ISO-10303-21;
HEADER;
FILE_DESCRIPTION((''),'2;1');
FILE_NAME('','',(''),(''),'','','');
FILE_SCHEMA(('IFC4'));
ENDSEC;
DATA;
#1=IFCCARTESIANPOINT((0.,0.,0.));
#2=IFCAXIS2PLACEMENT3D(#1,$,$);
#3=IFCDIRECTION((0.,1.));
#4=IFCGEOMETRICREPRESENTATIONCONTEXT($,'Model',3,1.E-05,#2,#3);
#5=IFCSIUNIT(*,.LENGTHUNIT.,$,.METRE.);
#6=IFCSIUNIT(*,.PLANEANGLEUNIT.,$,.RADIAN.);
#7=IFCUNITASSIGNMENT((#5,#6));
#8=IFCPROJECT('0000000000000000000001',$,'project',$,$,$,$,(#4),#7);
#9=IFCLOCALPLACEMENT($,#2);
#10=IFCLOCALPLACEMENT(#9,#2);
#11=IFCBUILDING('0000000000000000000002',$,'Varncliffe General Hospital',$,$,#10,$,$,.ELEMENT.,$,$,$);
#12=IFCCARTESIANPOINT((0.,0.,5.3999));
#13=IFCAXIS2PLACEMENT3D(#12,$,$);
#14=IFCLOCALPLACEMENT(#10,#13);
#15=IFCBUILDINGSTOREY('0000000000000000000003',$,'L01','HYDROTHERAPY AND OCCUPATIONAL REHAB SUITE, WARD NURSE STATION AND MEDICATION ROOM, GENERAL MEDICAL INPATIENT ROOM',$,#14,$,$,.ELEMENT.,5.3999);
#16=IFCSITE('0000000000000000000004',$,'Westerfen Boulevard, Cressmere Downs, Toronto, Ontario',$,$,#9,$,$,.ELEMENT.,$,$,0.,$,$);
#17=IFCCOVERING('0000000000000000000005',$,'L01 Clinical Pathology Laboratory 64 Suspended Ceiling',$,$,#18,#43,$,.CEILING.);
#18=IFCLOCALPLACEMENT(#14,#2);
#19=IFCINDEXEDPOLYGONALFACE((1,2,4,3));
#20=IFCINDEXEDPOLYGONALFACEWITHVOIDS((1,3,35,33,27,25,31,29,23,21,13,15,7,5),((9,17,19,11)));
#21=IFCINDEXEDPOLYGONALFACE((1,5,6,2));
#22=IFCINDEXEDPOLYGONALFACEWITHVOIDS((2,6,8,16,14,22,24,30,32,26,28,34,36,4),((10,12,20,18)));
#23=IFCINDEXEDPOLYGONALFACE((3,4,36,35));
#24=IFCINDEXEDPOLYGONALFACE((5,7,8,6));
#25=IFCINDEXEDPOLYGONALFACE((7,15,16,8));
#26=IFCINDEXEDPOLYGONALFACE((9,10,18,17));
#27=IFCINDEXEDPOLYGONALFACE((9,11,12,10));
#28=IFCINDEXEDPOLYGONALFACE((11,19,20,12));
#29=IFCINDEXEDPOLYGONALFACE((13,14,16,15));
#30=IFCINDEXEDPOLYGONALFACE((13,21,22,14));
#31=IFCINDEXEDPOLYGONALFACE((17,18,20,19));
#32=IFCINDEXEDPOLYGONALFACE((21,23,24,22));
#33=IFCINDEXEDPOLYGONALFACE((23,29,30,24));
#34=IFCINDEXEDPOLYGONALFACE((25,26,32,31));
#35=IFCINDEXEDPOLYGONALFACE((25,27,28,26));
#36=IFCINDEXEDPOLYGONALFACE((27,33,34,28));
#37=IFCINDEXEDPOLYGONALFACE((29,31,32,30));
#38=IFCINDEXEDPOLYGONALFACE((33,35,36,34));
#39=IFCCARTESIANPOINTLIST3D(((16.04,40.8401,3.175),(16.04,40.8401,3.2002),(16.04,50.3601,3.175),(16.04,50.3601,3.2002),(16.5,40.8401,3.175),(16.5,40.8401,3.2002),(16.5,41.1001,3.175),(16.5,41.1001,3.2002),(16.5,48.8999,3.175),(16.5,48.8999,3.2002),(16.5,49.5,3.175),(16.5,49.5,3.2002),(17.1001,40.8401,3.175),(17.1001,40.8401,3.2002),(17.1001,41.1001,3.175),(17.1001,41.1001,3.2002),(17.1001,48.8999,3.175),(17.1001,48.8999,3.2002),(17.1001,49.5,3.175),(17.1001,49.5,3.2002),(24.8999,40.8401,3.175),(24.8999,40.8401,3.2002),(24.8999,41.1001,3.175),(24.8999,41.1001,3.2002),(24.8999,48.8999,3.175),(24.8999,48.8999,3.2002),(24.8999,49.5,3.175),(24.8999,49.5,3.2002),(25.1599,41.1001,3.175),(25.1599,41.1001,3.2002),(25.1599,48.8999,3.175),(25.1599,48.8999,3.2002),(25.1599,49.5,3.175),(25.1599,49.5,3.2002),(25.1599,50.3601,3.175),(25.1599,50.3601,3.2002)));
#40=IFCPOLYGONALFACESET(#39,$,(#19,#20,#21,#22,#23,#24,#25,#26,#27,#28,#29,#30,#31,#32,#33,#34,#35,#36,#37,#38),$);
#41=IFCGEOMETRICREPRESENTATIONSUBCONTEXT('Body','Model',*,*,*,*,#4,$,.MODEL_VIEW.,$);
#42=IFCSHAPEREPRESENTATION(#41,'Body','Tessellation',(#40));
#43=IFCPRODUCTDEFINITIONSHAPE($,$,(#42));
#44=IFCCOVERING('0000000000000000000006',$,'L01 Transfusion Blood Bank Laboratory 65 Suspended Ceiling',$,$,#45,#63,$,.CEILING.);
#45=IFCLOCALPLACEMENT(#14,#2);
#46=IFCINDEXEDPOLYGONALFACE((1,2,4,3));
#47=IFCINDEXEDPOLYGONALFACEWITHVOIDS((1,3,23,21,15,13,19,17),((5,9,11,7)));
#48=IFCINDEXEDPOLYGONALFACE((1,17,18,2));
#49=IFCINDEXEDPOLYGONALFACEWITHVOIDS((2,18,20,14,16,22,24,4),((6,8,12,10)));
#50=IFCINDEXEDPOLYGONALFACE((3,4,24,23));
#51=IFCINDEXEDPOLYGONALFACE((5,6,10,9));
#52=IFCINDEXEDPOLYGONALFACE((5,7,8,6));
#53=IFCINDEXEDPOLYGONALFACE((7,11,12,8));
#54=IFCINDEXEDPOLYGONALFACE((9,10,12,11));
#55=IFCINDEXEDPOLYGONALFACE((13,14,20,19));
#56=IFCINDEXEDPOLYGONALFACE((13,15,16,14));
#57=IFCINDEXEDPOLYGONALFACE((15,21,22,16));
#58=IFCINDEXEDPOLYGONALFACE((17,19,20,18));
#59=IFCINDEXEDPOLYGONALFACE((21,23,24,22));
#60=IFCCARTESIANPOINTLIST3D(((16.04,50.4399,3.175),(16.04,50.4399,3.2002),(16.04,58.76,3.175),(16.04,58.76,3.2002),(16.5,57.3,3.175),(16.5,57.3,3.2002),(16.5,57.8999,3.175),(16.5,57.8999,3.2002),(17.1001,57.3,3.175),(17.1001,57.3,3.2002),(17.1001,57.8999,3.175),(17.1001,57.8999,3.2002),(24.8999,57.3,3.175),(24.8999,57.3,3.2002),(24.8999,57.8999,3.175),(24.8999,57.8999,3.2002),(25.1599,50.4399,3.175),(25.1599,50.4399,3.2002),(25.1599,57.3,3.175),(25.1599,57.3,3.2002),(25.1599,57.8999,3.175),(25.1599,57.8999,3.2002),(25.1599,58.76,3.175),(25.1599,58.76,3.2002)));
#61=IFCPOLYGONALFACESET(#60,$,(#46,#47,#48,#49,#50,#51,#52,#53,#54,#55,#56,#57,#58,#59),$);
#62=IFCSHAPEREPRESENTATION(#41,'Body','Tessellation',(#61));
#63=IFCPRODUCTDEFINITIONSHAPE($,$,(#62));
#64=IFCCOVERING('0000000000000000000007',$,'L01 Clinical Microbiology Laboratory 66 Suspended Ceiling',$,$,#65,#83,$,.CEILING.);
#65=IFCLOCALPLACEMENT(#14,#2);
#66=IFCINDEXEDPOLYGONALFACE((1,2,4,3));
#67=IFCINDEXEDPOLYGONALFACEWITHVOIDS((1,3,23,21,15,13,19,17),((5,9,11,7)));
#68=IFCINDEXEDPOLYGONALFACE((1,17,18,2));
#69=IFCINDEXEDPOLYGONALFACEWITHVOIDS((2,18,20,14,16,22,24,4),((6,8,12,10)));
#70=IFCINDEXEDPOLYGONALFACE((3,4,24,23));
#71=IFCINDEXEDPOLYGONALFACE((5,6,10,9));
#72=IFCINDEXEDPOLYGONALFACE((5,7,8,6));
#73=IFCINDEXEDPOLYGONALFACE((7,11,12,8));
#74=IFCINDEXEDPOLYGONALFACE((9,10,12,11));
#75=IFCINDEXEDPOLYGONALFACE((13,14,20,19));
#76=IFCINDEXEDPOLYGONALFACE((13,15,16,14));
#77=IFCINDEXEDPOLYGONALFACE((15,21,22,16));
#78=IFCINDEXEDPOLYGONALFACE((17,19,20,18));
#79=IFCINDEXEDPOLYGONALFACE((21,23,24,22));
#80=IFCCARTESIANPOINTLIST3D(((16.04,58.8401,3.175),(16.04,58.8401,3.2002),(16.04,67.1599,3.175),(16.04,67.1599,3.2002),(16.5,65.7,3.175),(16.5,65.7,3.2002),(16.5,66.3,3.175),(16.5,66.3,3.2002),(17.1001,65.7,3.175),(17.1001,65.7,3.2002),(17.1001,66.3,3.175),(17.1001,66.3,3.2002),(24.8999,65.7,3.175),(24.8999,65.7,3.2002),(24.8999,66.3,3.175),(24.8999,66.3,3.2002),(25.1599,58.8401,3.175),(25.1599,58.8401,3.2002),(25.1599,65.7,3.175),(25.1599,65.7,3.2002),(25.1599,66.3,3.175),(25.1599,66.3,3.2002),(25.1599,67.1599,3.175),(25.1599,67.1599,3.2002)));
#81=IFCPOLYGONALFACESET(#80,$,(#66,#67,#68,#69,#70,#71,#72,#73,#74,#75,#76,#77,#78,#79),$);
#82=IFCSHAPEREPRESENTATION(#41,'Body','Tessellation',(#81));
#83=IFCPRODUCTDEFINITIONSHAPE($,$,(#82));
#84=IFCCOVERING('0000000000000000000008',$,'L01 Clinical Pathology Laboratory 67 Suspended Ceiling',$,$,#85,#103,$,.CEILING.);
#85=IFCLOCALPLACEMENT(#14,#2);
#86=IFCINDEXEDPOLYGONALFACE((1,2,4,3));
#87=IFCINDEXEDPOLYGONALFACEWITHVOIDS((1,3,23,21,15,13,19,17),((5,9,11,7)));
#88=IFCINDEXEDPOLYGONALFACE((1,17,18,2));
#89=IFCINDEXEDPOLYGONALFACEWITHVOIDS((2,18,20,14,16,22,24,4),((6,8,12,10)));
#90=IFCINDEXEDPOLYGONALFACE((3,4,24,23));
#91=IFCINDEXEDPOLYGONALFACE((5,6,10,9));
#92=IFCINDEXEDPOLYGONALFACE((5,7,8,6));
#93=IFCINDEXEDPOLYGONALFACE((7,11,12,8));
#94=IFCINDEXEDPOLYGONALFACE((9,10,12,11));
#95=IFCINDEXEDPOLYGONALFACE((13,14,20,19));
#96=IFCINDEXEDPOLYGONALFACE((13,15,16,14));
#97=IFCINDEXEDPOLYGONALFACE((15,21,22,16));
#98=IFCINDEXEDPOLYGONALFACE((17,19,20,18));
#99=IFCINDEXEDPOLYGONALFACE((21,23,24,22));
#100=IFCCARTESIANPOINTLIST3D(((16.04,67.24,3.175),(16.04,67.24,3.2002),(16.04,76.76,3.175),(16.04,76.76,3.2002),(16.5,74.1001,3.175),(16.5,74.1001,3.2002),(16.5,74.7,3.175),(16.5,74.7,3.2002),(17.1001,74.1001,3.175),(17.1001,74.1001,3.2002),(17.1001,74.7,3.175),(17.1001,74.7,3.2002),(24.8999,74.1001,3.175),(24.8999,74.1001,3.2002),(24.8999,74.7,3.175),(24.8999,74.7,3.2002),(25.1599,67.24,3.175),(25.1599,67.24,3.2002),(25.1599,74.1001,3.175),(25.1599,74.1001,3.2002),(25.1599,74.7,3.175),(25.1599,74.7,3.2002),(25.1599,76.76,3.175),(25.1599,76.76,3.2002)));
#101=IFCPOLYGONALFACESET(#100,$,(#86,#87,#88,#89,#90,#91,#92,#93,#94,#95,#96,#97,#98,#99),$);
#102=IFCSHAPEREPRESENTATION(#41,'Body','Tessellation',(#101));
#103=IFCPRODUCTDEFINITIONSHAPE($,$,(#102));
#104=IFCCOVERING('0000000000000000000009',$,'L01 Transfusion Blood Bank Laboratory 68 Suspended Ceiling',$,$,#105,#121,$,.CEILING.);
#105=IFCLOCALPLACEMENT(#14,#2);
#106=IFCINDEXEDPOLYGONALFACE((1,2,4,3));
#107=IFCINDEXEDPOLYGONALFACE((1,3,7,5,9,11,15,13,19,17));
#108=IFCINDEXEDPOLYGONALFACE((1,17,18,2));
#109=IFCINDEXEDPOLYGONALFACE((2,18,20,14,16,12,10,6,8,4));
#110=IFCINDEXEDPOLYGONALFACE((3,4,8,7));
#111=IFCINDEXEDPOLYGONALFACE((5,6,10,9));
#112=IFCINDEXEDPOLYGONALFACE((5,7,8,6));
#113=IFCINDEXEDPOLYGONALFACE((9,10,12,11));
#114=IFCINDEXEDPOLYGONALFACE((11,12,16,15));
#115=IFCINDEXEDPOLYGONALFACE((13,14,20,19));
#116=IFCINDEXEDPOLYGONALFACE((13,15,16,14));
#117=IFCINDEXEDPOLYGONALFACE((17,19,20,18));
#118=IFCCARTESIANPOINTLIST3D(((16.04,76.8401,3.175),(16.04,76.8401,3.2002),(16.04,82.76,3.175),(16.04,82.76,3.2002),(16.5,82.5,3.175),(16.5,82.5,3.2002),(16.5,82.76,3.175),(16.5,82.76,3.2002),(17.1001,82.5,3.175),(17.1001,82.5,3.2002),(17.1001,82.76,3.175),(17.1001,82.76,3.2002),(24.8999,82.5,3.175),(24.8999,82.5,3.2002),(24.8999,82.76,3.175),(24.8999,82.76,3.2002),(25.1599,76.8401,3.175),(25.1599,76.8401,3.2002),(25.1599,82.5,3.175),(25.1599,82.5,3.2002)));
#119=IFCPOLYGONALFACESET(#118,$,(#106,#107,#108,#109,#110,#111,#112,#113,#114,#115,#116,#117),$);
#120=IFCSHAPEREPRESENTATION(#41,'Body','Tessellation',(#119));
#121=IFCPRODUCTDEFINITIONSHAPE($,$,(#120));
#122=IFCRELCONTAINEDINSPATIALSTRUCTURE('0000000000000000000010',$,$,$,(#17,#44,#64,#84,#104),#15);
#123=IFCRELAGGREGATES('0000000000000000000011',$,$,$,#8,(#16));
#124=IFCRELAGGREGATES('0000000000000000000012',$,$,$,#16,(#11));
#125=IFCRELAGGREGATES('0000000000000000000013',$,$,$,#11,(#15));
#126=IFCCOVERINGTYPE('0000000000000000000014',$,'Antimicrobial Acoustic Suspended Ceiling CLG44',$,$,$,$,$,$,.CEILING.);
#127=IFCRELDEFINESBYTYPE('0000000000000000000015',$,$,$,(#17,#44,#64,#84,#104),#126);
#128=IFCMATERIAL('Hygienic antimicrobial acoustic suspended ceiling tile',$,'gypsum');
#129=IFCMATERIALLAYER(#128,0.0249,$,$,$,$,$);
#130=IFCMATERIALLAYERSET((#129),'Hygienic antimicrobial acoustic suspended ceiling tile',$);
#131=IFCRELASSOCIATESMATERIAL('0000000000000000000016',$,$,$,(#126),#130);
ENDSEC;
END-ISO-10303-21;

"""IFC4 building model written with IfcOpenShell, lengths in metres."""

from ifc_helpers import new_model, si_unit, direction, frame, origin, place, context, subcontext, project, spatial, polyline, outline, extrude, material, layer, layer_set, type_object, element, save


model = new_model("IFC4")

# Units and contexts
model_context = context("Model", 3, precision=1e-05, world=origin(), true_north=direction((0.0, 1.0)))
body_context = subcontext(model_context, "Body", "Model", "MODEL_VIEW")
ifc_project = project(units=[si_unit("LENGTHUNIT", "METRE"), si_unit("PLANEANGLEUNIT", "RADIAN")], contexts=[model_context])

# Site, building, storey
site_placement = place(None, origin())
site = spatial("IfcSite", under=ifc_project, at=site_placement, Name="Westerfen Boulevard, Cressmere Downs, Toronto, Ontario", CompositionType="ELEMENT", RefElevation=0.0)
building_placement = place(site_placement, origin())
building = spatial("IfcBuilding", under=site, at=building_placement, Name="Varncliffe General Hospital", CompositionType="ELEMENT")
storey_placement = place(building_placement, frame((0.0, 0.0, 5.3999)))
storey = spatial("IfcBuildingStorey", under=building, at=storey_placement, Name="L01", Description="HYDROTHERAPY AND OCCUPATIONAL REHAB SUITE, WARD NURSE STATION AND MEDICATION ROOM, GENERAL MEDICAL INPATIENT ROOM", CompositionType="ELEMENT", Elevation=5.3999)

# Coverings
ifc_material_1 = material(Name="Hygienic antimicrobial acoustic suspended ceiling tile", Category="gypsum")
ifc_layer = layer(ifc_material_1, 0.0249)
ifc_layer_set = layer_set([ifc_layer], Name="Hygienic antimicrobial acoustic suspended ceiling tile")
covering_type = type_object("IfcCoveringType", Name="Antimicrobial Acoustic Suspended Ceiling CLG44", PredefinedType="CEILING", material=ifc_layer_set)
covering_1_placement = place(storey_placement, frame((0.0, 0.0, 3.175)))
element("IfcCovering", 1, at=covering_1_placement, inside=storey, type_object=covering_type, Name="L01 Clinical Pathology Laboratory 64 Suspended Ceiling", PredefinedType="CEILING", context=body_context, shape_type="SweptSolid", body=[
    extrude(outline(polyline([(25.1599, 50.3601), (25.1599, 49.5), (24.8999, 49.5), (24.8999, 48.8999), (25.1599, 48.8999), (25.1599, 41.1001), (24.8999, 41.1001), (24.8999, 40.8401), (17.1001, 40.8401), (17.1001, 41.1001), (16.5, 41.1001), (16.5, 40.8401), (16.04, 40.8401), (16.04, 50.3601), (25.1599, 50.3601)]), holes=[polyline([(17.1001, 48.8999), (17.1001, 49.5), (16.5, 49.5), (16.5, 48.8999), (17.1001, 48.8999)])]), origin(), (0.0, 0.0, 1.0), 0.0251),
])
covering_2_placement = place(storey_placement, frame((0.0, 0.0, 3.175)))
element("IfcCovering", 2, at=covering_2_placement, inside=storey, type_object=covering_type, Name="L01 Transfusion Blood Bank Laboratory 65 Suspended Ceiling", PredefinedType="CEILING", context=body_context, shape_type="SweptSolid", body=[
    extrude(outline(polyline([(25.1599, 50.4399), (16.04, 50.4399), (16.04, 58.76), (25.1599, 58.76), (25.1599, 57.8999), (24.8999, 57.8999), (24.8999, 57.3), (25.1599, 57.3), (25.1599, 50.4399)]), holes=[polyline([(17.1001, 57.3), (17.1001, 57.8999), (16.5, 57.8999), (16.5, 57.3), (17.1001, 57.3)])]), origin(), (0.0, 0.0, 1.0), 0.0251),
])
covering_3_placement = place(storey_placement, frame((0.0, 0.0, 3.175)))
element("IfcCovering", 3, at=covering_3_placement, inside=storey, type_object=covering_type, Name="L01 Clinical Microbiology Laboratory 66 Suspended Ceiling", PredefinedType="CEILING", context=body_context, shape_type="SweptSolid", body=[
    extrude(outline(polyline([(25.1599, 58.8401), (16.04, 58.8401), (16.04, 67.1599), (25.1599, 67.1599), (25.1599, 66.3), (24.8999, 66.3), (24.8999, 65.7), (25.1599, 65.7), (25.1599, 58.8401)]), holes=[polyline([(17.1001, 65.7), (17.1001, 66.3), (16.5, 66.3), (16.5, 65.7), (17.1001, 65.7)])]), origin(), (0.0, 0.0, 1.0), 0.0251),
])
covering_4_placement = place(storey_placement, frame((0.0, 0.0, 3.175)))
element("IfcCovering", 4, at=covering_4_placement, inside=storey, type_object=covering_type, Name="L01 Clinical Pathology Laboratory 67 Suspended Ceiling", PredefinedType="CEILING", context=body_context, shape_type="SweptSolid", body=[
    extrude(outline(polyline([(25.1599, 67.24), (16.04, 67.24), (16.04, 76.76), (25.1599, 76.76), (25.1599, 74.7), (24.8999, 74.7), (24.8999, 74.1001), (25.1599, 74.1001), (25.1599, 67.24)]), holes=[polyline([(17.1001, 74.1001), (17.1001, 74.7), (16.5, 74.7), (16.5, 74.1001), (17.1001, 74.1001)])]), origin(), (0.0, 0.0, 1.0), 0.0251),
])
covering_5_placement = place(storey_placement, frame((0.0, 0.0, 3.175)))
element("IfcCovering", 5, at=covering_5_placement, inside=storey, type_object=covering_type, Name="L01 Transfusion Blood Bank Laboratory 68 Suspended Ceiling", PredefinedType="CEILING", context=body_context, shape_type="SweptSolid", body=[
    extrude(outline(polyline([(25.1599, 76.8401), (16.04, 76.8401), (16.04, 82.76), (16.5, 82.76), (16.5, 82.5), (17.1001, 82.5), (17.1001, 82.76), (24.8999, 82.76), (24.8999, 82.5), (25.1599, 82.5), (25.1599, 76.8401)])), origin(), (0.0, 0.0, 1.0), 0.0251),
])

save(model, "model.ifc")
